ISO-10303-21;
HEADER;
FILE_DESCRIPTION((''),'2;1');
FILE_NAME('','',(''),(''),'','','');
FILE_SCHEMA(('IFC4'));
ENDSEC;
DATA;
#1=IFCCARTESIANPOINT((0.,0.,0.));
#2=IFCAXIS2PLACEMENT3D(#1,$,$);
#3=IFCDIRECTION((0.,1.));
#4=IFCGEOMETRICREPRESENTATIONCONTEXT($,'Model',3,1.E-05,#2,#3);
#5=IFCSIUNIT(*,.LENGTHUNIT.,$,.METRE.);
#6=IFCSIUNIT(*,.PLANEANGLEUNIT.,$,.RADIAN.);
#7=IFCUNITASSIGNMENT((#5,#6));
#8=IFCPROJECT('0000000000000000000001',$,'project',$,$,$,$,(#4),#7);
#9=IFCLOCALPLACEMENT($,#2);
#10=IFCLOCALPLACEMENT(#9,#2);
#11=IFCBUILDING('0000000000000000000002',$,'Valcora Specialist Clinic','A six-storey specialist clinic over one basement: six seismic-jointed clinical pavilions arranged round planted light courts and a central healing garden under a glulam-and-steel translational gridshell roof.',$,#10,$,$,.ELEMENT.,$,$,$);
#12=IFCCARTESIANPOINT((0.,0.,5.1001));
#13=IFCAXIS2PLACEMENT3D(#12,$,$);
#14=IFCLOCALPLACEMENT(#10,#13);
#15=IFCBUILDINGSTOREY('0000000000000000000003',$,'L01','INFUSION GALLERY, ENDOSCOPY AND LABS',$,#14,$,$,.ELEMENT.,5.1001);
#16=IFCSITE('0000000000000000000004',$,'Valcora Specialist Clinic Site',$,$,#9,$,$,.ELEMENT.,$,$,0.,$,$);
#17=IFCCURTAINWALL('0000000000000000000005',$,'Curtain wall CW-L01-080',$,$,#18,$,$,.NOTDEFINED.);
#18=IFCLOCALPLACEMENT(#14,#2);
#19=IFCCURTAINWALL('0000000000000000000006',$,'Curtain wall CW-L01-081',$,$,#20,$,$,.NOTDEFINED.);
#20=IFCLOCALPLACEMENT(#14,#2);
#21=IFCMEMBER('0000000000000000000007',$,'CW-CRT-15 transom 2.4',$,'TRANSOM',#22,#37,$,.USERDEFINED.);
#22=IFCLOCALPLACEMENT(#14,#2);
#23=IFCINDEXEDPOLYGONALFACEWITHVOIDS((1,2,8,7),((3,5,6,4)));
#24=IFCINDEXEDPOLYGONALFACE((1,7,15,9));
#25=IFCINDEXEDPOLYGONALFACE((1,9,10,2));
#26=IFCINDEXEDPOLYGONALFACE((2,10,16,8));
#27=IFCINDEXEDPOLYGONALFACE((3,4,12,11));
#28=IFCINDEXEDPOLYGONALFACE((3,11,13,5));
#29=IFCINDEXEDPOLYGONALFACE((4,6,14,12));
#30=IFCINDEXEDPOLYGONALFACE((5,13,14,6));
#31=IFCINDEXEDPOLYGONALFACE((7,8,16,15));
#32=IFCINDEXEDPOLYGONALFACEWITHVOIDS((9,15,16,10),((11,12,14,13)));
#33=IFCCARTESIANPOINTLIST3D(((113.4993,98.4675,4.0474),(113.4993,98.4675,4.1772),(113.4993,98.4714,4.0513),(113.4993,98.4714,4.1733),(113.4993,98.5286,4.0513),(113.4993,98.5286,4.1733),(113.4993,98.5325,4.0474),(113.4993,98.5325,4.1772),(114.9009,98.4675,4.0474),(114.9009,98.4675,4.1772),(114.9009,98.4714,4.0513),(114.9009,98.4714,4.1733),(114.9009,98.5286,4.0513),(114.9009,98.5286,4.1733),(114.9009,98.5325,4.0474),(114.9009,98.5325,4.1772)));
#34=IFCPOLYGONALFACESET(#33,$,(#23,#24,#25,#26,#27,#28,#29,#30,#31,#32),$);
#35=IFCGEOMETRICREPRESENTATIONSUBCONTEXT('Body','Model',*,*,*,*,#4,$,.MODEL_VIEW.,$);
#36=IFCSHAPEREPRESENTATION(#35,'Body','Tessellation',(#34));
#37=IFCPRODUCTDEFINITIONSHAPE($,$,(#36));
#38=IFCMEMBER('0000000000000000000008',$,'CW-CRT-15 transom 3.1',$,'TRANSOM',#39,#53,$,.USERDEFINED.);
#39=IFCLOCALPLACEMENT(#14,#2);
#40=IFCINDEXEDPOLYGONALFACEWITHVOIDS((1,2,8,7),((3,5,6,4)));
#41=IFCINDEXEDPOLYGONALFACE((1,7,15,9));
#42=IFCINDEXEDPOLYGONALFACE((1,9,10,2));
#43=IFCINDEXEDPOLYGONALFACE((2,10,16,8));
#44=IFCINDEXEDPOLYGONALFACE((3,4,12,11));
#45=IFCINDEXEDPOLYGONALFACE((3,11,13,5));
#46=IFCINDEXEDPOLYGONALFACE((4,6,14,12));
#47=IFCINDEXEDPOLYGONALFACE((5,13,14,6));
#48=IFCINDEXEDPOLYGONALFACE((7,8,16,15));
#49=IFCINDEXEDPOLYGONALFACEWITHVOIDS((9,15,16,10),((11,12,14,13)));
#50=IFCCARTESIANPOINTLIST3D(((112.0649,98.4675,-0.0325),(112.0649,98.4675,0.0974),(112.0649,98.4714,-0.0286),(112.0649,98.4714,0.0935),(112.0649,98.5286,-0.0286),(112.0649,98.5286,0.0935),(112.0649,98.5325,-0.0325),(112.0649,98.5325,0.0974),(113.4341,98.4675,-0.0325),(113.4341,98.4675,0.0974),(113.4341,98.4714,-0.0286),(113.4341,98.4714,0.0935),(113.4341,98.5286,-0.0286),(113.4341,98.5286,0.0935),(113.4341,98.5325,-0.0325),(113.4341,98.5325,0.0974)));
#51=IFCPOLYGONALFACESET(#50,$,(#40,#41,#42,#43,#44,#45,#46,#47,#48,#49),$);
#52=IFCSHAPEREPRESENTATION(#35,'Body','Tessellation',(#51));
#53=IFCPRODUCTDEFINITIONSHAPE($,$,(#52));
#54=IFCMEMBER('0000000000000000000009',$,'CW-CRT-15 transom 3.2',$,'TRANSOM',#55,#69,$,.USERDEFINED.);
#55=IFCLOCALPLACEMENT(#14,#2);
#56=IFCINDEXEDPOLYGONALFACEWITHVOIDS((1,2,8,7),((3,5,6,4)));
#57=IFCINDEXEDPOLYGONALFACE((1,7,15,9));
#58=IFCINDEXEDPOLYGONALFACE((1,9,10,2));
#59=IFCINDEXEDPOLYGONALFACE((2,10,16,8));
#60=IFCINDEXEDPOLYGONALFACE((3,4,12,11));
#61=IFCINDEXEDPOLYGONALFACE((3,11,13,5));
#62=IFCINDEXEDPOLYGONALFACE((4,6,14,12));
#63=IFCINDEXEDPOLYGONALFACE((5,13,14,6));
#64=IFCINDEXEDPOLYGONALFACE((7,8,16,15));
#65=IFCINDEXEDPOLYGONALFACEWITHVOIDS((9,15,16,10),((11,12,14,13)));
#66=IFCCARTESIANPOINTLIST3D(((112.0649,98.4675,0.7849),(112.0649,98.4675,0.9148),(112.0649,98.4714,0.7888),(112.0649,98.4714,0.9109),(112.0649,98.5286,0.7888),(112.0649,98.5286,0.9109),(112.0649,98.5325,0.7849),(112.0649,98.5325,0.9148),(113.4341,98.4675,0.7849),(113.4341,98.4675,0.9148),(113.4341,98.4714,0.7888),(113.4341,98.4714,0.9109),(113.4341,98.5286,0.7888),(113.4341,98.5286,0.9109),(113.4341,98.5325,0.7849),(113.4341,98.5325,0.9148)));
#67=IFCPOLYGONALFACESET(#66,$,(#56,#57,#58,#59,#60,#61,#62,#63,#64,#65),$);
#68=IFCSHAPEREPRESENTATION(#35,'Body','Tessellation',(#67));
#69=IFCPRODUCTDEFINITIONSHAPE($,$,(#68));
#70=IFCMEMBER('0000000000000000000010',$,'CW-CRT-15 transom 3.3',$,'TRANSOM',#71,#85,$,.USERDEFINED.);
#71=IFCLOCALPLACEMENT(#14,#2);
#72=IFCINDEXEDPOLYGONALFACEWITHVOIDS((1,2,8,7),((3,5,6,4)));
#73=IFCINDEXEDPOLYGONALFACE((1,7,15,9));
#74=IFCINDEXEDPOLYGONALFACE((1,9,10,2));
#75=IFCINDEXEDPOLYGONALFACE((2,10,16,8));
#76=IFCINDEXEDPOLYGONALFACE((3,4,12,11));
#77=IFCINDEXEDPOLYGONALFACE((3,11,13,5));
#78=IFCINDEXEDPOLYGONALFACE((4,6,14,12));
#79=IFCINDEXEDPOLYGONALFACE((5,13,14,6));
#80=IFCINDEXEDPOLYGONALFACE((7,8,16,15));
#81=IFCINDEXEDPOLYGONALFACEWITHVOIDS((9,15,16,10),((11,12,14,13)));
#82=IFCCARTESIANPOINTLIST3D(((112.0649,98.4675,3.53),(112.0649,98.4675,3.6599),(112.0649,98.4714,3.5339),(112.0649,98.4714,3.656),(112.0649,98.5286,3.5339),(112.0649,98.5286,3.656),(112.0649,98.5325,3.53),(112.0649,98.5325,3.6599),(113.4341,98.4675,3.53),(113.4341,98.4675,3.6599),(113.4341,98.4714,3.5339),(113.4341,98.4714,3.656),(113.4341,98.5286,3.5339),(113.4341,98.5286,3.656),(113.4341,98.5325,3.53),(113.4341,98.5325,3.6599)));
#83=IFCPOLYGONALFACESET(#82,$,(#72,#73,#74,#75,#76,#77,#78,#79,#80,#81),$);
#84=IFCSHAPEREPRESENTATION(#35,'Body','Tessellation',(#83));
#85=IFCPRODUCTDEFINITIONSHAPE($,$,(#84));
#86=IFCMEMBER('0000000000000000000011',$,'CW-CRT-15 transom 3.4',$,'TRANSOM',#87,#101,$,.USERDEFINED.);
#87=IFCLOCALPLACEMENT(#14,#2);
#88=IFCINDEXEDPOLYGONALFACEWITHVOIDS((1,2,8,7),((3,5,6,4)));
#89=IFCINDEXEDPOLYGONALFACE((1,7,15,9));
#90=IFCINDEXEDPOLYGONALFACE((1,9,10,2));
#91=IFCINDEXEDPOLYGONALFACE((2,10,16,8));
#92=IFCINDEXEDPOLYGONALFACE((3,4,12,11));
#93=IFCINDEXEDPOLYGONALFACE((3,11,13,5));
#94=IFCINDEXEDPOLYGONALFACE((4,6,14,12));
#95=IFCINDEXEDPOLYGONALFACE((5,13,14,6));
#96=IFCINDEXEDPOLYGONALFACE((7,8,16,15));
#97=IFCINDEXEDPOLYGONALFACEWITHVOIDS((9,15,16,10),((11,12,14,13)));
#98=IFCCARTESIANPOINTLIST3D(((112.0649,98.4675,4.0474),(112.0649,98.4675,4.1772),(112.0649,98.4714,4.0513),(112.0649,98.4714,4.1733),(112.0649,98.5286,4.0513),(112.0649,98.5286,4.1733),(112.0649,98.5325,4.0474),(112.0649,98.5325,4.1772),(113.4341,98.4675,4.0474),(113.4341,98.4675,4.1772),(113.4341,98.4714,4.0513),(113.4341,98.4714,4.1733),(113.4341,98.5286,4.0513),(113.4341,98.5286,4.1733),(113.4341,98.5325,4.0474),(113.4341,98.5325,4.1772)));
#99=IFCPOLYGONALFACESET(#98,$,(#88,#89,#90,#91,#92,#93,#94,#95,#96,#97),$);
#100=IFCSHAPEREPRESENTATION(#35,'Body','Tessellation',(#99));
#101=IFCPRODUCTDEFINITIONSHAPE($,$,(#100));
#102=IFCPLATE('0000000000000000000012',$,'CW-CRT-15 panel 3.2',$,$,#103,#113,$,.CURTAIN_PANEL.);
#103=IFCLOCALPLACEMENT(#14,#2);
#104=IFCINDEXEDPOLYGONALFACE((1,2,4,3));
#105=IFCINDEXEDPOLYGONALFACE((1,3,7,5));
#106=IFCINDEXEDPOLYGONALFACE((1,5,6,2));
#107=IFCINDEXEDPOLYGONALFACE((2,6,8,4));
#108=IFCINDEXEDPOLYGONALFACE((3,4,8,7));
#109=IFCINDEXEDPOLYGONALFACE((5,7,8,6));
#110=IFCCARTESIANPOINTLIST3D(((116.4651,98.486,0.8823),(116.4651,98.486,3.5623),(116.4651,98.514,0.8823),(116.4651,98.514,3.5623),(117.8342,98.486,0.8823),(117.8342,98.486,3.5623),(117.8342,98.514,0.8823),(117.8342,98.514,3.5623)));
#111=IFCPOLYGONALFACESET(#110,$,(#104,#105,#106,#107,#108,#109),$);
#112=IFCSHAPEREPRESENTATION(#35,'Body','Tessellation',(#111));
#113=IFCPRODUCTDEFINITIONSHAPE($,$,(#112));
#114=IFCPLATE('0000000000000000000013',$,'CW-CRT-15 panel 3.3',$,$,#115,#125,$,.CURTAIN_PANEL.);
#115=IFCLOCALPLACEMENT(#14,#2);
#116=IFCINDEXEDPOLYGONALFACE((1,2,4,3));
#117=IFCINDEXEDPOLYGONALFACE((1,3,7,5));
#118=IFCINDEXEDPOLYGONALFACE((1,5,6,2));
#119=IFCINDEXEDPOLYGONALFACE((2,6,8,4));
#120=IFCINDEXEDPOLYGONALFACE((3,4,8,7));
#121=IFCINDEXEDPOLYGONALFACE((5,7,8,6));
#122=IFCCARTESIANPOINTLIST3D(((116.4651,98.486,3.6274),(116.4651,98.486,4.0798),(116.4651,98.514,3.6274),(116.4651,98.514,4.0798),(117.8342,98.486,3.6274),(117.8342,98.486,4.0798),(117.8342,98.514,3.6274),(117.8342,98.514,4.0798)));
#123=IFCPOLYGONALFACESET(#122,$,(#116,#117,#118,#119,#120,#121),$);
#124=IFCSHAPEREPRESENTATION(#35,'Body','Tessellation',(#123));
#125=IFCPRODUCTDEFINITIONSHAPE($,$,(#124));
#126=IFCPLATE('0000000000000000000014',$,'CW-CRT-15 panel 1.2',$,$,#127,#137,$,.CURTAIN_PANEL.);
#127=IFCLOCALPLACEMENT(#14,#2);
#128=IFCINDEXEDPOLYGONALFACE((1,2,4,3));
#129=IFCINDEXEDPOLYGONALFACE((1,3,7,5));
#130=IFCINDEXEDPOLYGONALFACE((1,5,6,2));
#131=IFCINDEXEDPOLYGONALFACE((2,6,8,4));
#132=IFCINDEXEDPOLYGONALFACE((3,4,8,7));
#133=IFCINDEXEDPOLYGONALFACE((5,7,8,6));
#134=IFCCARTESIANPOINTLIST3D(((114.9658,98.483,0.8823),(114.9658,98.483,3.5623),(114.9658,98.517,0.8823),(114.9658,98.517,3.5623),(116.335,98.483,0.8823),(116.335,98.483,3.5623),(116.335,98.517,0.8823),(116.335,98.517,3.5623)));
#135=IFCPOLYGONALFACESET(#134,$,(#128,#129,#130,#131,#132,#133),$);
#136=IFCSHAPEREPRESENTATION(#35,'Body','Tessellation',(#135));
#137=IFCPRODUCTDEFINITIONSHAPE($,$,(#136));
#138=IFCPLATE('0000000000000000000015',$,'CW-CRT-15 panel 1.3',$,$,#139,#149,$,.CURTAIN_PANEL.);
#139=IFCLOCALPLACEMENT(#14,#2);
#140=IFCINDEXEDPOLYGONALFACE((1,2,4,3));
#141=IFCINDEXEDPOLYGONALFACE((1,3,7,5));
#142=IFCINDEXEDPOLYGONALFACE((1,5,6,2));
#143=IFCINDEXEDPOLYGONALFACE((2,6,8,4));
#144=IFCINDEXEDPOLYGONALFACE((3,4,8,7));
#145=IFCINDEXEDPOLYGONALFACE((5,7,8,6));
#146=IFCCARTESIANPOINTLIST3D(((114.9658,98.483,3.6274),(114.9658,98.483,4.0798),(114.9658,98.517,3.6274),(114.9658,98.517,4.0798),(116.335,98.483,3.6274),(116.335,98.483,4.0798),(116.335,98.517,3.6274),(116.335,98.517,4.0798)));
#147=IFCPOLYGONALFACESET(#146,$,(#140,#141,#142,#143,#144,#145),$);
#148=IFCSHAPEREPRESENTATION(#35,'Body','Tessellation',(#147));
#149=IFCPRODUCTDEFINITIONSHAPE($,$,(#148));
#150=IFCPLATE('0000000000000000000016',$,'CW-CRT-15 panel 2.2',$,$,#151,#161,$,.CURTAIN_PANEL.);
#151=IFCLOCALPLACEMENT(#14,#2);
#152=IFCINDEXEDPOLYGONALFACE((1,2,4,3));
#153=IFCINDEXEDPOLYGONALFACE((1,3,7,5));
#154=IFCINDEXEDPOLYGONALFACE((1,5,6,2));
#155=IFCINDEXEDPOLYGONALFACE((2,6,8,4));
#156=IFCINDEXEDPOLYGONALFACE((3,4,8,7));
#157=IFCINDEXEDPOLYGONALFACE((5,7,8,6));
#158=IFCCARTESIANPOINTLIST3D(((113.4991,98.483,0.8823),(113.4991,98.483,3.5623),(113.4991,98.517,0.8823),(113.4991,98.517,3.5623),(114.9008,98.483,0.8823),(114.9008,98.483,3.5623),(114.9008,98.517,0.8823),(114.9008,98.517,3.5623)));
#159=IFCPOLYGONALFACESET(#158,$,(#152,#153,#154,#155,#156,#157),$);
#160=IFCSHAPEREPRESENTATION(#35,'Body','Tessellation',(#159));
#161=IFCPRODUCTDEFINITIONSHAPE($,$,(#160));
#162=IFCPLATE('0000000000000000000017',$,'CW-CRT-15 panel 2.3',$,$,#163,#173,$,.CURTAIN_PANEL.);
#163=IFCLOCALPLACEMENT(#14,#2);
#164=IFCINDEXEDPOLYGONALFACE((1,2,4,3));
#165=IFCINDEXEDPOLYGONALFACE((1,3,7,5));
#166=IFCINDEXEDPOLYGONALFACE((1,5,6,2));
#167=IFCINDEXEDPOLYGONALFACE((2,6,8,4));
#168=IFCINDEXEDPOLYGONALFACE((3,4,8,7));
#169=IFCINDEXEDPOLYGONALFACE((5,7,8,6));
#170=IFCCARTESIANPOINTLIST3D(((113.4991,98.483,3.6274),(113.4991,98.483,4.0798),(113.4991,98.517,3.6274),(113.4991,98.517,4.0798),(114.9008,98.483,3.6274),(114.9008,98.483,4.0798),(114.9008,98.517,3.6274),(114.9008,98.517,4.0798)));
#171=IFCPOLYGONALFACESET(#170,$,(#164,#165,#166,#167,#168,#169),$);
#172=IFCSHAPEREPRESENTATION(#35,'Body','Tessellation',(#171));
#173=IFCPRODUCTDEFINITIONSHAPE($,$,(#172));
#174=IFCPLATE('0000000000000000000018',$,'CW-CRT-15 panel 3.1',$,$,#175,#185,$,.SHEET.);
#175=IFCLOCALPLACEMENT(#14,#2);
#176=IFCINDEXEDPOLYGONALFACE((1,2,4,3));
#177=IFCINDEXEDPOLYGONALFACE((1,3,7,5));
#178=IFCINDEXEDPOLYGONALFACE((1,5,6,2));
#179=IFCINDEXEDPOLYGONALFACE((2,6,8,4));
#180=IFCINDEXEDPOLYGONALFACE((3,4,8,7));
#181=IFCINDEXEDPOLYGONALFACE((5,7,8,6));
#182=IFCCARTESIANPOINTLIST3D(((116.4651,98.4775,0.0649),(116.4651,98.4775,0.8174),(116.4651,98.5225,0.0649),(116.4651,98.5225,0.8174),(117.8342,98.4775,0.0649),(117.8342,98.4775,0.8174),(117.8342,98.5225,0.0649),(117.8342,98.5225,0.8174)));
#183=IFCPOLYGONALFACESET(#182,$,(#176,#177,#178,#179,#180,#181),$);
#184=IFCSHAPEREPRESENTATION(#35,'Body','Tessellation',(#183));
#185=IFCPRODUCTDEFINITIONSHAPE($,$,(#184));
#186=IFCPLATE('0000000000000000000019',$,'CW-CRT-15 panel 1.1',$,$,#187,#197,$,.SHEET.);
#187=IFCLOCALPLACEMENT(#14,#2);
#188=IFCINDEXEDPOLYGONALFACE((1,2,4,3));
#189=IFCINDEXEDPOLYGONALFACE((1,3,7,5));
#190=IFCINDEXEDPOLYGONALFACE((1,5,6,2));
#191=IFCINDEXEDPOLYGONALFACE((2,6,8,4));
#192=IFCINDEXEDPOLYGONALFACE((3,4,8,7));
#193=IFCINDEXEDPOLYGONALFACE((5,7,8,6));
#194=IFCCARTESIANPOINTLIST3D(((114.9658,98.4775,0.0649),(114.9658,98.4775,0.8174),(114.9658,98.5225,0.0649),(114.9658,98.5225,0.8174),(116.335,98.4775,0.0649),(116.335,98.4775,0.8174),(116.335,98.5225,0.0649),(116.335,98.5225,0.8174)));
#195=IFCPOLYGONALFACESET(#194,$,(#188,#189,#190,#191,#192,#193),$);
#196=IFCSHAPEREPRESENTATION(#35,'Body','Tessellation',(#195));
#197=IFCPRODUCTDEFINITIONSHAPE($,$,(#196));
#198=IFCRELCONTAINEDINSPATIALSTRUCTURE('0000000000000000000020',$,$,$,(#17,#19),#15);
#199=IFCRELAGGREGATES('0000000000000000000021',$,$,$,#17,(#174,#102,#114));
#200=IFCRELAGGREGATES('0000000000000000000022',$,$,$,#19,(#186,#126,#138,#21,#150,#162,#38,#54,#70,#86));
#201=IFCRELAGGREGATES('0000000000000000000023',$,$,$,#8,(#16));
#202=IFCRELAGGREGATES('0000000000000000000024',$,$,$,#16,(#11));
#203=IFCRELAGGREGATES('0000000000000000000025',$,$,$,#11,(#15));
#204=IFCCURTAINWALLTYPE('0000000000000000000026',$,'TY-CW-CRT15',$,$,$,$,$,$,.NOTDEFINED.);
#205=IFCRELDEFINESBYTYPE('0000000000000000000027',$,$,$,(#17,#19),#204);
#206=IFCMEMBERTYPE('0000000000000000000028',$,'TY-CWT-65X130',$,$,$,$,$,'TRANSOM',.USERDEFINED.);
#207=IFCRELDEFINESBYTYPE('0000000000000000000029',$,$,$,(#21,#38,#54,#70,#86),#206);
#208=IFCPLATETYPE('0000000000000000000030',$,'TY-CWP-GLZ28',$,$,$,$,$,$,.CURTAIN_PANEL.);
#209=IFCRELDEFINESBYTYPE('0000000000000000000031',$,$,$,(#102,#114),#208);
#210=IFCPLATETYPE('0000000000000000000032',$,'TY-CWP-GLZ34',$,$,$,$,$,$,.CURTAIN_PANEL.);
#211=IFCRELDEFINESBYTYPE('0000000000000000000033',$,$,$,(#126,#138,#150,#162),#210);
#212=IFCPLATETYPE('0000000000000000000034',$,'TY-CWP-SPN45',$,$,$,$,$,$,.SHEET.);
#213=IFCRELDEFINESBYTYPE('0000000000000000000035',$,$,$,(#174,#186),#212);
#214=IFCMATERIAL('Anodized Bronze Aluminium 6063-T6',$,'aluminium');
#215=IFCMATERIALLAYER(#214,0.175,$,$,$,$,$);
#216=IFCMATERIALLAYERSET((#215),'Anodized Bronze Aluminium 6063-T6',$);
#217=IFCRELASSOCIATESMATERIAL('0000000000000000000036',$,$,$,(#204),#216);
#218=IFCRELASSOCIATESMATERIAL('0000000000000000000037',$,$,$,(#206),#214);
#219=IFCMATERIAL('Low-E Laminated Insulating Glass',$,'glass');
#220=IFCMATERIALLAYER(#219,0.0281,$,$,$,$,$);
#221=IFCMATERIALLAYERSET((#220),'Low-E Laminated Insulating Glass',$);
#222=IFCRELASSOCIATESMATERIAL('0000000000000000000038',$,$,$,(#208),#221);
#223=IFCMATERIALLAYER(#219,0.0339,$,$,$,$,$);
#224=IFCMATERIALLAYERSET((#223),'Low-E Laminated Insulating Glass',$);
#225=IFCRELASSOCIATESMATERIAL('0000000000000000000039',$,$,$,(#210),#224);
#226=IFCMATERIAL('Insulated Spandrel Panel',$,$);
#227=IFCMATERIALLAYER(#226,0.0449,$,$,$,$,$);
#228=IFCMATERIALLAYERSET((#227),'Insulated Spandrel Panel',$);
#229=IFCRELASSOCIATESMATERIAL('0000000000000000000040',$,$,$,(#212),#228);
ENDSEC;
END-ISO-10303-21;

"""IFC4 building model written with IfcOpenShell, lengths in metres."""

from ifc_helpers import new_model, si_unit, direction, frame, origin, origin_2d, place, context, subcontext, project, spatial, rectangle, hollow_rectangle, extrude, material, layer, layer_set, material_profile, profile_set, type_object, element, aggregate, save


model = new_model("IFC4")

# Units and contexts
model_context = context("Model", 3, precision=1e-05, world=origin(), true_north=direction((0.0, 1.0)))
body_context = subcontext(model_context, "Body", "Model", "MODEL_VIEW")
ifc_project = project(units=[si_unit("LENGTHUNIT", "METRE"), si_unit("PLANEANGLEUNIT", "RADIAN")], contexts=[model_context])

# Site, building, storey
site_placement = place(None, origin())
site = spatial("IfcSite", under=ifc_project, at=site_placement, Name="Valcora Specialist Clinic Site", CompositionType="ELEMENT", RefElevation=0.0)
building_placement = place(site_placement, origin())
building = spatial("IfcBuilding", under=site, at=building_placement, Name="Valcora Specialist Clinic", Description="A six-storey specialist clinic over one basement: six seismic-jointed clinical pavilions arranged round planted light courts and a central healing garden under a glulam-and-steel translational gridshell roof.", CompositionType="ELEMENT")
storey_placement = place(building_placement, frame((0.0, 0.0, 5.1001)))
storey = spatial("IfcBuildingStorey", under=building, at=storey_placement, Name="L01", Description="INFUSION GALLERY, ENDOSCOPY AND LABS", CompositionType="ELEMENT", Elevation=5.1001)

# Curtain wall
ifc_material_1 = material(Name="Anodized Bronze Aluminium 6063-T6", Category="aluminium")
ifc_layer_1 = layer(ifc_material_1, 0.175)
ifc_layer_set_1 = layer_set([ifc_layer_1], Name="Anodized Bronze Aluminium 6063-T6")
curtain_wall_type = type_object("IfcCurtainWallType", Name="TY-CW-CRT15", PredefinedType="NOTDEFINED", material=ifc_layer_set_1)
curtain_wall_1_placement = place(storey_placement, origin())
curtain_wall_1 = element("IfcCurtainWall", 1, at=curtain_wall_1_placement, inside=storey, type_object=curtain_wall_type, Name="Curtain wall CW-L01-080", PredefinedType="NOTDEFINED")

# Curtain wall, members
curtain_wall_2_placement = place(storey_placement, origin())
curtain_wall_2 = element("IfcCurtainWall", 2, at=curtain_wall_2_placement, inside=storey, type_object=curtain_wall_type, Name="Curtain wall CW-L01-081", PredefinedType="NOTDEFINED")
ifc_material_profile_1 = material_profile(ifc_material_1, hollow_rectangle(XDim=0.0649, YDim=0.1299, WallThickness=0.0039, at=origin_2d()), Name="AL-TRN-65X130")
ifc_profile_set_1 = profile_set([ifc_material_profile_1], Name="Anodized Bronze Aluminium 6063-T6")
member_type_1 = type_object("IfcMemberType", Name="TY-CWT-65X130", ElementType="TRANSOM", PredefinedType="USERDEFINED", material=ifc_profile_set_1)
member_1_placement = place(storey_placement, frame((114.9009, 98.5, 4.1123), z_axis=(-1.0, 0.0, 0.0), x_axis=(0.0, -1.0, 0.0)))
member_1 = element("IfcMember", 3, at=member_1_placement, type_object=member_type_1, Name="CW-CRT-15 transom 2.4", ObjectType="TRANSOM", PredefinedType="USERDEFINED", context=body_context, shape_type="SweptSolid", body=[
    extrude(hollow_rectangle(XDim=0.0649, YDim=0.1299, WallThickness=0.0039, at=origin_2d()), origin(), (0.0, 0.0, 1.0), 1.4016),
])
member_2_placement = place(storey_placement, frame((113.4341, 98.5, 0.0325), z_axis=(-1.0, 0.0, 0.0), x_axis=(0.0, -1.0, 0.0)))
member_2 = element("IfcMember", 4, at=member_2_placement, type_object=member_type_1, Name="CW-CRT-15 transom 3.1", ObjectType="TRANSOM", PredefinedType="USERDEFINED", context=body_context, shape_type="SweptSolid", body=[
    extrude(hollow_rectangle(XDim=0.0649, YDim=0.1299, WallThickness=0.0039, at=origin_2d()), origin(), (0.0, 0.0, 1.0), 1.3691),
])
member_3_placement = place(storey_placement, frame((113.4341, 98.5, 0.8499), z_axis=(-1.0, 0.0, 0.0), x_axis=(0.0, -1.0, 0.0)))
member_3 = element("IfcMember", 5, at=member_3_placement, type_object=member_type_1, Name="CW-CRT-15 transom 3.2", ObjectType="TRANSOM", PredefinedType="USERDEFINED", context=body_context, shape_type="SweptSolid", body=[
    extrude(hollow_rectangle(XDim=0.0649, YDim=0.1299, WallThickness=0.0039, at=origin_2d()), origin(), (0.0, 0.0, 1.0), 1.3691),
])
member_4_placement = place(storey_placement, frame((113.4341, 98.5, 3.595), z_axis=(-1.0, 0.0, 0.0), x_axis=(0.0, -1.0, 0.0)))
member_4 = element("IfcMember", 6, at=member_4_placement, type_object=member_type_1, Name="CW-CRT-15 transom 3.3", ObjectType="TRANSOM", PredefinedType="USERDEFINED", context=body_context, shape_type="SweptSolid", body=[
    extrude(hollow_rectangle(XDim=0.0649, YDim=0.1299, WallThickness=0.0039, at=origin_2d()), origin(), (0.0, 0.0, 1.0), 1.3691),
])
member_5_placement = place(storey_placement, frame((113.4341, 98.5, 4.1123), z_axis=(-1.0, 0.0, 0.0), x_axis=(0.0, -1.0, 0.0)))
member_5 = element("IfcMember", 7, at=member_5_placement, type_object=member_type_1, Name="CW-CRT-15 transom 3.4", ObjectType="TRANSOM", PredefinedType="USERDEFINED", context=body_context, shape_type="SweptSolid", body=[
    extrude(hollow_rectangle(XDim=0.0649, YDim=0.1299, WallThickness=0.0039, at=origin_2d()), origin(), (0.0, 0.0, 1.0), 1.3691),
])

# Plates
ifc_material_2 = material(Name="Low-E Laminated Insulating Glass", Category="glass")
ifc_layer_2 = layer(ifc_material_2, 0.0281)
ifc_layer_set_2 = layer_set([ifc_layer_2], Name="Low-E Laminated Insulating Glass")
plate_type_1 = type_object("IfcPlateType", Name="TY-CWP-GLZ28", PredefinedType="CURTAIN_PANEL", material=ifc_layer_set_2)
plate_1_placement = place(storey_placement, frame((117.1497, 98.5, 0.8823), z_axis=(0.0, 0.0, 1.0), x_axis=(-1.0, 0.0, 0.0)))
plate_1 = element("IfcPlate", 8, at=plate_1_placement, type_object=plate_type_1, Name="CW-CRT-15 panel 3.2", PredefinedType="CURTAIN_PANEL", context=body_context, shape_type="SweptSolid", body=[
    extrude(rectangle(XDim=1.3691, YDim=0.0281, at=origin_2d()), origin(), (0.0, 0.0, 1.0), 2.6799),
])
plate_2_placement = place(storey_placement, frame((117.1497, 98.5, 3.6274), z_axis=(0.0, 0.0, 1.0), x_axis=(-1.0, 0.0, 0.0)))
plate_2 = element("IfcPlate", 9, at=plate_2_placement, type_object=plate_type_1, Name="CW-CRT-15 panel 3.3", PredefinedType="CURTAIN_PANEL", context=body_context, shape_type="SweptSolid", body=[
    extrude(rectangle(XDim=1.3691, YDim=0.0281, at=origin_2d()), origin(), (0.0, 0.0, 1.0), 0.4524),
])
ifc_layer_3 = layer(ifc_material_2, 0.0339)
ifc_layer_set_3 = layer_set([ifc_layer_3], Name="Low-E Laminated Insulating Glass")
plate_type_2 = type_object("IfcPlateType", Name="TY-CWP-GLZ34", PredefinedType="CURTAIN_PANEL", material=ifc_layer_set_3)
plate_3_placement = place(storey_placement, frame((115.6504, 98.5, 0.8823), z_axis=(0.0, 0.0, 1.0), x_axis=(-1.0, 0.0, 0.0)))
plate_3 = element("IfcPlate", 10, at=plate_3_placement, type_object=plate_type_2, Name="CW-CRT-15 panel 1.2", PredefinedType="CURTAIN_PANEL", context=body_context, shape_type="SweptSolid", body=[
    extrude(rectangle(XDim=1.3691, YDim=0.0339, at=origin_2d()), origin(), (0.0, 0.0, 1.0), 2.6799),
])
plate_4_placement = place(storey_placement, frame((115.6504, 98.5, 3.6274), z_axis=(0.0, 0.0, 1.0), x_axis=(-1.0, 0.0, 0.0)))
plate_4 = element("IfcPlate", 11, at=plate_4_placement, type_object=plate_type_2, Name="CW-CRT-15 panel 1.3", PredefinedType="CURTAIN_PANEL", context=body_context, shape_type="SweptSolid", body=[
    extrude(rectangle(XDim=1.3691, YDim=0.0339, at=origin_2d()), origin(), (0.0, 0.0, 1.0), 0.4524),
])
plate_5_placement = place(storey_placement, frame((114.2, 98.5, 0.8823), z_axis=(0.0, 0.0, 1.0), x_axis=(-1.0, 0.0, 0.0)))
plate_5 = element("IfcPlate", 12, at=plate_5_placement, type_object=plate_type_2, Name="CW-CRT-15 panel 2.2", PredefinedType="CURTAIN_PANEL", context=body_context, shape_type="SweptSolid", body=[
    extrude(rectangle(XDim=1.4016, YDim=0.0339, at=origin_2d()), origin(), (0.0, 0.0, 1.0), 2.6799),
])
plate_6_placement = place(storey_placement, frame((114.2, 98.5, 3.6274), z_axis=(0.0, 0.0, 1.0), x_axis=(-1.0, 0.0, 0.0)))
plate_6 = element("IfcPlate", 13, at=plate_6_placement, type_object=plate_type_2, Name="CW-CRT-15 panel 2.3", PredefinedType="CURTAIN_PANEL", context=body_context, shape_type="SweptSolid", body=[
    extrude(rectangle(XDim=1.4016, YDim=0.0339, at=origin_2d()), origin(), (0.0, 0.0, 1.0), 0.4524),
])
ifc_material_3 = material(Name="Insulated Spandrel Panel")
ifc_layer_4 = layer(ifc_material_3, 0.0449)
ifc_layer_set_4 = layer_set([ifc_layer_4], Name="Insulated Spandrel Panel")
plate_type_3 = type_object("IfcPlateType", Name="TY-CWP-SPN45", PredefinedType="SHEET", material=ifc_layer_set_4)
plate_7_placement = place(storey_placement, frame((117.1497, 98.5, 0.0649), z_axis=(0.0, 0.0, 1.0), x_axis=(-1.0, 0.0, 0.0)))
plate_7 = element("IfcPlate", 14, at=plate_7_placement, type_object=plate_type_3, Name="CW-CRT-15 panel 3.1", PredefinedType="SHEET", context=body_context, shape_type="SweptSolid", body=[
    extrude(rectangle(XDim=1.3691, YDim=0.0449, at=origin_2d()), origin(), (0.0, 0.0, 1.0), 0.7524),
])
aggregate(curtain_wall_1, [plate_7, plate_1, plate_2])
plate_8_placement = place(storey_placement, frame((115.6504, 98.5, 0.0649), z_axis=(0.0, 0.0, 1.0), x_axis=(-1.0, 0.0, 0.0)))
plate_8 = element("IfcPlate", 15, at=plate_8_placement, type_object=plate_type_3, Name="CW-CRT-15 panel 1.1", PredefinedType="SHEET", context=body_context, shape_type="SweptSolid", body=[
    extrude(rectangle(XDim=1.3691, YDim=0.0449, at=origin_2d()), origin(), (0.0, 0.0, 1.0), 0.7524),
])
aggregate(curtain_wall_2, [plate_8, plate_3, plate_4, member_1, plate_5, plate_6, member_2, member_3, member_4, member_5])

save(model, "model.ifc")
